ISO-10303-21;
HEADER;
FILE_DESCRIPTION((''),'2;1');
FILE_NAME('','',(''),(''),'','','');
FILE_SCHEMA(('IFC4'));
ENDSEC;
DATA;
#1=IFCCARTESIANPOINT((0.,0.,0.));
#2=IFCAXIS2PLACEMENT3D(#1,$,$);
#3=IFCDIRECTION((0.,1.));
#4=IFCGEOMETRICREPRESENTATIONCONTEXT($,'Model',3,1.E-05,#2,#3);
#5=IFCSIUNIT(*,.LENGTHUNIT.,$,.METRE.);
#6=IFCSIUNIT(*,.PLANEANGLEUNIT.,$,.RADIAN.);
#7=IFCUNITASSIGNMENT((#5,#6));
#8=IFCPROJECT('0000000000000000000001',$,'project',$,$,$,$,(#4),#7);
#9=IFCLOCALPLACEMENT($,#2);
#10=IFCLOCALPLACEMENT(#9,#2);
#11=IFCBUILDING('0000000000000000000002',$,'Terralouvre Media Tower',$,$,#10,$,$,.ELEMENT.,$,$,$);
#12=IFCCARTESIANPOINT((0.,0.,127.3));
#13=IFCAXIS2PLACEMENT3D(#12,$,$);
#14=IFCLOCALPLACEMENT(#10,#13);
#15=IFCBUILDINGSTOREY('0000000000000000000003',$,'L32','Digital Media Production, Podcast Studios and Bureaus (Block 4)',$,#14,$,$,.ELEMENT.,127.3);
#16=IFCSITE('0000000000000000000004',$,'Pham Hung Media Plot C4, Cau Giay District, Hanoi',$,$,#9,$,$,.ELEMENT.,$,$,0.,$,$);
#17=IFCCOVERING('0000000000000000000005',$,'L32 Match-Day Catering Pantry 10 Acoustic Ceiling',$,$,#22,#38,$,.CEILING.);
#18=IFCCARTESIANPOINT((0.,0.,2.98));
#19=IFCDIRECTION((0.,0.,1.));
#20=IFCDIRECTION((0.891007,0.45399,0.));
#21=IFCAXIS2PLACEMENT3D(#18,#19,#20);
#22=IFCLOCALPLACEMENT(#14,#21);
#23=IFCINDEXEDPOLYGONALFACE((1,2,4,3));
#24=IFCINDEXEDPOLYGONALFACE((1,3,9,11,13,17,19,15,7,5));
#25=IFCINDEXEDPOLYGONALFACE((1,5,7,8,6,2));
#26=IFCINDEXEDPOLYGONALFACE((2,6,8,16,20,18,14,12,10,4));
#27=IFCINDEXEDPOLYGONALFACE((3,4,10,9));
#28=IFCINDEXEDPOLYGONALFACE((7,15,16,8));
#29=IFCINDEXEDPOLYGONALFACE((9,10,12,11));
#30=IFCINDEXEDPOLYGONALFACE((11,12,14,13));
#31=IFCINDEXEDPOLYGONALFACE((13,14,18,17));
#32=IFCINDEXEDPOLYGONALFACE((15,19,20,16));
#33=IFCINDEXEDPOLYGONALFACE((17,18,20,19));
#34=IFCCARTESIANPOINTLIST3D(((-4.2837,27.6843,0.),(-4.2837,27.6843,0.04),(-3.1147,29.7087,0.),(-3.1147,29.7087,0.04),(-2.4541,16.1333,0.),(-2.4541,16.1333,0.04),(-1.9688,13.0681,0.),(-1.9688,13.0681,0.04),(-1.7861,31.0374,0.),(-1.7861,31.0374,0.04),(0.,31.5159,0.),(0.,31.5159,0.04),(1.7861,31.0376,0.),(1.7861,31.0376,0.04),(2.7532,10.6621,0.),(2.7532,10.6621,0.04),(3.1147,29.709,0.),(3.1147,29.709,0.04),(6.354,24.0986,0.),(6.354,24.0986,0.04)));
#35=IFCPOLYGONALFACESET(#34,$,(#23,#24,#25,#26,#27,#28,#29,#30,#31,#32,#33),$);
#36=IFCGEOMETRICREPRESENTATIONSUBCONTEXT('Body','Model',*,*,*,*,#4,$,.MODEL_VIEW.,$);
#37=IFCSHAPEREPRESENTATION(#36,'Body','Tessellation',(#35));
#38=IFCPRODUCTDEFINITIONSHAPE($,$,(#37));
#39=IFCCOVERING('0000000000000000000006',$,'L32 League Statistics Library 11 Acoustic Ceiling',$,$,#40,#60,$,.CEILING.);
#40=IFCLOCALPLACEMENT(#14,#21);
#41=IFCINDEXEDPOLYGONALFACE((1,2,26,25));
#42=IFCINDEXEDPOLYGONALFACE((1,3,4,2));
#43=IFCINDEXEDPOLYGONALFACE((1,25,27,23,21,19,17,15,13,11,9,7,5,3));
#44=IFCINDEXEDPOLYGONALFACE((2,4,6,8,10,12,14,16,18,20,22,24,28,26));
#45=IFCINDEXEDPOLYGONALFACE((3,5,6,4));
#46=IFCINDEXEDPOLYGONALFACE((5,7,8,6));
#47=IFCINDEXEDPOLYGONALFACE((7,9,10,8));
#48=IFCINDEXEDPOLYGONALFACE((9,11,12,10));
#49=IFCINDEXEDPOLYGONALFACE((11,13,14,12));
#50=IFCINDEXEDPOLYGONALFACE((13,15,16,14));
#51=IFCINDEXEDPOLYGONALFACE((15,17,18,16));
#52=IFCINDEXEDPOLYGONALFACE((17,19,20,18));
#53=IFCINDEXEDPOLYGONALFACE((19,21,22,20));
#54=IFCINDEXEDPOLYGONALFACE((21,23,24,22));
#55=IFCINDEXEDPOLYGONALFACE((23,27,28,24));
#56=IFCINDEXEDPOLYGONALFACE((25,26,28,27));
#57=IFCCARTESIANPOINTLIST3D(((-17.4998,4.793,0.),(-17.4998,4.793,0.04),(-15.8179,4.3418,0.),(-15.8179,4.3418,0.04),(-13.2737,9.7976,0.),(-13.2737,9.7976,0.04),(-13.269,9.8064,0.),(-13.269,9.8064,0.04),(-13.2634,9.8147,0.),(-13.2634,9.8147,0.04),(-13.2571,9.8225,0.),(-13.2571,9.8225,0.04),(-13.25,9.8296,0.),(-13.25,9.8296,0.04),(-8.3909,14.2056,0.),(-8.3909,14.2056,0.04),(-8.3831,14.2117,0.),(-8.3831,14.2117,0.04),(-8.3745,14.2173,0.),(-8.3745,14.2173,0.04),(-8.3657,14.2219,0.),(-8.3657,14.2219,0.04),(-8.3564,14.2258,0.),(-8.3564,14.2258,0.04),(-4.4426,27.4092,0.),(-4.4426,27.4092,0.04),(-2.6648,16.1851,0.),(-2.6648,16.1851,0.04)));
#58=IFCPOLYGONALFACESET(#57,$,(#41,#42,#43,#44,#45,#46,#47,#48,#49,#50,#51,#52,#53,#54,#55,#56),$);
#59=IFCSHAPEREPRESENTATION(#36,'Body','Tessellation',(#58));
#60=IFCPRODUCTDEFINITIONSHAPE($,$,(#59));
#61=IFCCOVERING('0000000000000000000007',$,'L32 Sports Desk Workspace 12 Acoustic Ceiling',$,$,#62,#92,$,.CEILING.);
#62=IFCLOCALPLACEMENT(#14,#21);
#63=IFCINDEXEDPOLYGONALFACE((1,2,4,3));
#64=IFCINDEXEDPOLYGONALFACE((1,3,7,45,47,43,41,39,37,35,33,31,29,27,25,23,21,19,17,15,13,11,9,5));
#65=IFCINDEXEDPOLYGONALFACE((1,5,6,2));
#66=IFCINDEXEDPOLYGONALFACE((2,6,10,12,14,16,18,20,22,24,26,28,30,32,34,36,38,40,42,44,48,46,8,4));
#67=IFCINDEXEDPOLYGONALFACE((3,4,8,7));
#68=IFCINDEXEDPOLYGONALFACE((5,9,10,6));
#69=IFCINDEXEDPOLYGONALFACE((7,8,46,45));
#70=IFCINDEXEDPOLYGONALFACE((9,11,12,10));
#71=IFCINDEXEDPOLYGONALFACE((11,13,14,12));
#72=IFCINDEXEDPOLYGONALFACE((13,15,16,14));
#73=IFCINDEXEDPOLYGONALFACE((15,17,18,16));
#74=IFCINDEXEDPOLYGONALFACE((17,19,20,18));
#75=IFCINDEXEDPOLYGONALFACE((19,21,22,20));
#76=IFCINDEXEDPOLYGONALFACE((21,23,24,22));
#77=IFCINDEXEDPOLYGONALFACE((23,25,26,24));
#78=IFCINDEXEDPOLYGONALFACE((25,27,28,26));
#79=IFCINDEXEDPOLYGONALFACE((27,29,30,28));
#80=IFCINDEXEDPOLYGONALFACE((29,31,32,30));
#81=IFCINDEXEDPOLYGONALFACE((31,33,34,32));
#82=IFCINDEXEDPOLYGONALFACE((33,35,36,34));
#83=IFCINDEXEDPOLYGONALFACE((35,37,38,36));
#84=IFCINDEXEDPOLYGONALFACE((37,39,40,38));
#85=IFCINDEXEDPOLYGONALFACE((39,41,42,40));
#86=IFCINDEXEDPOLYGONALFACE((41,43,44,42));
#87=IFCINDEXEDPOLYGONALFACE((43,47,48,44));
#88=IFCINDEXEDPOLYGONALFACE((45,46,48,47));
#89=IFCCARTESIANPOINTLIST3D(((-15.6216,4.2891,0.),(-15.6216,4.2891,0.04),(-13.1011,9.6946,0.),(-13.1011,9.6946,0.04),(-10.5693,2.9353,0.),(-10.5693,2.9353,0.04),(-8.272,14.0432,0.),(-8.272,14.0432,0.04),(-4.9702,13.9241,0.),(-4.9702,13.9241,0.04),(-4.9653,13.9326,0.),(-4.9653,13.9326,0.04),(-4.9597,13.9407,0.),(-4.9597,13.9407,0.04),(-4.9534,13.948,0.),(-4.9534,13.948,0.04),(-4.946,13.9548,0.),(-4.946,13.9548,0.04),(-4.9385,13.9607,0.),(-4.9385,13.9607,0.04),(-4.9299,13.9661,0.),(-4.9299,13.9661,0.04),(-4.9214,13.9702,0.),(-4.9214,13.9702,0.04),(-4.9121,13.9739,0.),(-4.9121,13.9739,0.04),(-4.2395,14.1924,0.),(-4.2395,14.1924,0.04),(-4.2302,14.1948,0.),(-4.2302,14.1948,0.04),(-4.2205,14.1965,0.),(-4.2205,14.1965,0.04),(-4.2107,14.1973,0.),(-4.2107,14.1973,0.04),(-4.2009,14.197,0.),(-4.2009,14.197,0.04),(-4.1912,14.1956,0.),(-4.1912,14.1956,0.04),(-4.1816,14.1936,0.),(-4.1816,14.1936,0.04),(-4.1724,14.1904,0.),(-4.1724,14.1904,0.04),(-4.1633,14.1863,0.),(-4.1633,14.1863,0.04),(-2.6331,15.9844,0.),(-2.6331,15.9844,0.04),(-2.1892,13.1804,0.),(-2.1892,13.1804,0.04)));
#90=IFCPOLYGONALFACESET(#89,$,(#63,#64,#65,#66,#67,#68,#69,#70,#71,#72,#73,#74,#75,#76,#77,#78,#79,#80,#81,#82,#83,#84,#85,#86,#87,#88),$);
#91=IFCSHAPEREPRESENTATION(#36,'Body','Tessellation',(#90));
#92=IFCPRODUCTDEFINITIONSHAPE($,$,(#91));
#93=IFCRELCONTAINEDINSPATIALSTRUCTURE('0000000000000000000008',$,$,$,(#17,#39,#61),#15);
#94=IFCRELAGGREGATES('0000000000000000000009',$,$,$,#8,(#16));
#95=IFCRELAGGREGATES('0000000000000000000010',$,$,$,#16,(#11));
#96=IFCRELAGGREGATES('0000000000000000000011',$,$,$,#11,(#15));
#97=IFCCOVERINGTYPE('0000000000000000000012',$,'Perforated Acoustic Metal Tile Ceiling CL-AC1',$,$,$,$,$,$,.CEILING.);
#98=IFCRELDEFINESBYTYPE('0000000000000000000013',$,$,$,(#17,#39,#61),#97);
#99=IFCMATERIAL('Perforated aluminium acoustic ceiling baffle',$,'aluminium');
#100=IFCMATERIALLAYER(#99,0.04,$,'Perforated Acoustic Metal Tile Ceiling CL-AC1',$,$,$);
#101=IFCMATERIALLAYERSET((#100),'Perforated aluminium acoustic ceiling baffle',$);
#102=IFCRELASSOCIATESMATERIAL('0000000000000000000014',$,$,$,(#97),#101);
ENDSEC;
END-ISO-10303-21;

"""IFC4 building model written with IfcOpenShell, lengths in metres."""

from ifc_helpers import new_model, si_unit, direction, frame, origin, place, context, subcontext, project, spatial, polyline, outline, extrude, material, layer, layer_set, type_object, element, save


model = new_model("IFC4")

# Units and contexts
model_context = context("Model", 3, precision=1e-05, world=origin(), true_north=direction((0.0, 1.0)))
body_context = subcontext(model_context, "Body", "Model", "MODEL_VIEW")
ifc_project = project(units=[si_unit("LENGTHUNIT", "METRE"), si_unit("PLANEANGLEUNIT", "RADIAN")], contexts=[model_context])

# Site, building, storey
site_placement = place(None, origin())
site = spatial("IfcSite", under=ifc_project, at=site_placement, Name="Pham Hung Media Plot C4, Cau Giay District, Hanoi", CompositionType="ELEMENT", RefElevation=0.0)
building_placement = place(site_placement, origin())
building = spatial("IfcBuilding", under=site, at=building_placement, Name="Terralouvre Media Tower", CompositionType="ELEMENT")
storey_placement = place(building_placement, frame((0.0, 0.0, 127.3)))
storey = spatial("IfcBuildingStorey", under=building, at=storey_placement, Name="L32", Description="Digital Media Production, Podcast Studios and Bureaus (Block 4)", CompositionType="ELEMENT", Elevation=127.3)

# Coverings
ifc_material_1 = material(Name="Perforated aluminium acoustic ceiling baffle", Category="aluminium")
ifc_layer_1 = layer(ifc_material_1, 0.04, Name="Perforated Acoustic Metal Tile Ceiling CL-AC1")
ifc_layer_set_1 = layer_set([ifc_layer_1], Name="Perforated aluminium acoustic ceiling baffle")
covering_type_1 = type_object("IfcCoveringType", Name="Perforated Acoustic Metal Tile Ceiling CL-AC1", PredefinedType="CEILING", material=ifc_layer_set_1)
covering_1_placement = place(storey_placement, frame((0.0, 0.0, 2.98), z_axis=(0.0, 0.0, 1.0), x_axis=(0.891007, 0.45399, 0.0)))
element("IfcCovering", 1, at=covering_1_placement, inside=storey, type_object=covering_type_1, Name="L32 Match-Day Catering Pantry 10 Acoustic Ceiling", PredefinedType="CEILING", context=body_context, shape_type="SweptSolid", body=[
    extrude(outline(polyline([(-2.4541, 16.1333), (-1.9688, 13.0681), (2.7532, 10.6621), (6.354, 24.0986), (3.1147, 29.709), (1.7861, 31.0376), (0.0, 31.5159), (-1.7861, 31.0374), (-3.1147, 29.7087), (-4.2837, 27.6843), (-2.4541, 16.1333)])), origin(), (0.0, 0.0, 1.0), 0.04),
])
covering_2_placement = place(storey_placement, frame((0.0, 0.0, 2.98), z_axis=(0.0, 0.0, 1.0), x_axis=(0.891007, 0.45399, 0.0)))
element("IfcCovering", 2, at=covering_2_placement, inside=storey, type_object=covering_type_1, Name="L32 League Statistics Library 11 Acoustic Ceiling", PredefinedType="CEILING", context=body_context, shape_type="SweptSolid", body=[
    extrude(outline(polyline([(-13.2737, 9.7976), (-13.269, 9.8064), (-13.2634, 9.8147), (-13.2571, 9.8225), (-13.25, 9.8296), (-8.3909, 14.2056), (-8.3831, 14.2117), (-8.3745, 14.2173), (-8.3657, 14.2219), (-8.3564, 14.2258), (-2.6648, 16.1851), (-4.4426, 27.4092), (-17.4998, 4.793), (-15.8179, 4.3418), (-13.2737, 9.7976)])), origin(), (0.0, 0.0, 1.0), 0.04),
])
covering_3_placement = place(storey_placement, frame((0.0, 0.0, 2.98), z_axis=(0.0, 0.0, 1.0), x_axis=(0.891007, 0.45399, 0.0)))
element("IfcCovering", 3, at=covering_3_placement, inside=storey, type_object=covering_type_1, Name="L32 Sports Desk Workspace 12 Acoustic Ceiling", PredefinedType="CEILING", context=body_context, shape_type="SweptSolid", body=[
    extrude(outline(polyline([(-8.272, 14.0432), (-13.1011, 9.6946), (-15.6216, 4.2891), (-10.5693, 2.9353), (-4.9702, 13.9241), (-4.9653, 13.9326), (-4.9597, 13.9407), (-4.9534, 13.948), (-4.946, 13.9548), (-4.9385, 13.9607), (-4.9299, 13.9661), (-4.9214, 13.9702), (-4.9121, 13.9739), (-4.2395, 14.1924), (-4.2302, 14.1948), (-4.2205, 14.1965), (-4.2107, 14.1973), (-4.2009, 14.197), (-4.1912, 14.1956), (-4.1816, 14.1936), (-4.1724, 14.1904), (-4.1633, 14.1863), (-2.1892, 13.1804), (-2.6331, 15.9844), (-8.272, 14.0432)])), origin(), (0.0, 0.0, 1.0), 0.04),
])

save(model, "model.ifc")
